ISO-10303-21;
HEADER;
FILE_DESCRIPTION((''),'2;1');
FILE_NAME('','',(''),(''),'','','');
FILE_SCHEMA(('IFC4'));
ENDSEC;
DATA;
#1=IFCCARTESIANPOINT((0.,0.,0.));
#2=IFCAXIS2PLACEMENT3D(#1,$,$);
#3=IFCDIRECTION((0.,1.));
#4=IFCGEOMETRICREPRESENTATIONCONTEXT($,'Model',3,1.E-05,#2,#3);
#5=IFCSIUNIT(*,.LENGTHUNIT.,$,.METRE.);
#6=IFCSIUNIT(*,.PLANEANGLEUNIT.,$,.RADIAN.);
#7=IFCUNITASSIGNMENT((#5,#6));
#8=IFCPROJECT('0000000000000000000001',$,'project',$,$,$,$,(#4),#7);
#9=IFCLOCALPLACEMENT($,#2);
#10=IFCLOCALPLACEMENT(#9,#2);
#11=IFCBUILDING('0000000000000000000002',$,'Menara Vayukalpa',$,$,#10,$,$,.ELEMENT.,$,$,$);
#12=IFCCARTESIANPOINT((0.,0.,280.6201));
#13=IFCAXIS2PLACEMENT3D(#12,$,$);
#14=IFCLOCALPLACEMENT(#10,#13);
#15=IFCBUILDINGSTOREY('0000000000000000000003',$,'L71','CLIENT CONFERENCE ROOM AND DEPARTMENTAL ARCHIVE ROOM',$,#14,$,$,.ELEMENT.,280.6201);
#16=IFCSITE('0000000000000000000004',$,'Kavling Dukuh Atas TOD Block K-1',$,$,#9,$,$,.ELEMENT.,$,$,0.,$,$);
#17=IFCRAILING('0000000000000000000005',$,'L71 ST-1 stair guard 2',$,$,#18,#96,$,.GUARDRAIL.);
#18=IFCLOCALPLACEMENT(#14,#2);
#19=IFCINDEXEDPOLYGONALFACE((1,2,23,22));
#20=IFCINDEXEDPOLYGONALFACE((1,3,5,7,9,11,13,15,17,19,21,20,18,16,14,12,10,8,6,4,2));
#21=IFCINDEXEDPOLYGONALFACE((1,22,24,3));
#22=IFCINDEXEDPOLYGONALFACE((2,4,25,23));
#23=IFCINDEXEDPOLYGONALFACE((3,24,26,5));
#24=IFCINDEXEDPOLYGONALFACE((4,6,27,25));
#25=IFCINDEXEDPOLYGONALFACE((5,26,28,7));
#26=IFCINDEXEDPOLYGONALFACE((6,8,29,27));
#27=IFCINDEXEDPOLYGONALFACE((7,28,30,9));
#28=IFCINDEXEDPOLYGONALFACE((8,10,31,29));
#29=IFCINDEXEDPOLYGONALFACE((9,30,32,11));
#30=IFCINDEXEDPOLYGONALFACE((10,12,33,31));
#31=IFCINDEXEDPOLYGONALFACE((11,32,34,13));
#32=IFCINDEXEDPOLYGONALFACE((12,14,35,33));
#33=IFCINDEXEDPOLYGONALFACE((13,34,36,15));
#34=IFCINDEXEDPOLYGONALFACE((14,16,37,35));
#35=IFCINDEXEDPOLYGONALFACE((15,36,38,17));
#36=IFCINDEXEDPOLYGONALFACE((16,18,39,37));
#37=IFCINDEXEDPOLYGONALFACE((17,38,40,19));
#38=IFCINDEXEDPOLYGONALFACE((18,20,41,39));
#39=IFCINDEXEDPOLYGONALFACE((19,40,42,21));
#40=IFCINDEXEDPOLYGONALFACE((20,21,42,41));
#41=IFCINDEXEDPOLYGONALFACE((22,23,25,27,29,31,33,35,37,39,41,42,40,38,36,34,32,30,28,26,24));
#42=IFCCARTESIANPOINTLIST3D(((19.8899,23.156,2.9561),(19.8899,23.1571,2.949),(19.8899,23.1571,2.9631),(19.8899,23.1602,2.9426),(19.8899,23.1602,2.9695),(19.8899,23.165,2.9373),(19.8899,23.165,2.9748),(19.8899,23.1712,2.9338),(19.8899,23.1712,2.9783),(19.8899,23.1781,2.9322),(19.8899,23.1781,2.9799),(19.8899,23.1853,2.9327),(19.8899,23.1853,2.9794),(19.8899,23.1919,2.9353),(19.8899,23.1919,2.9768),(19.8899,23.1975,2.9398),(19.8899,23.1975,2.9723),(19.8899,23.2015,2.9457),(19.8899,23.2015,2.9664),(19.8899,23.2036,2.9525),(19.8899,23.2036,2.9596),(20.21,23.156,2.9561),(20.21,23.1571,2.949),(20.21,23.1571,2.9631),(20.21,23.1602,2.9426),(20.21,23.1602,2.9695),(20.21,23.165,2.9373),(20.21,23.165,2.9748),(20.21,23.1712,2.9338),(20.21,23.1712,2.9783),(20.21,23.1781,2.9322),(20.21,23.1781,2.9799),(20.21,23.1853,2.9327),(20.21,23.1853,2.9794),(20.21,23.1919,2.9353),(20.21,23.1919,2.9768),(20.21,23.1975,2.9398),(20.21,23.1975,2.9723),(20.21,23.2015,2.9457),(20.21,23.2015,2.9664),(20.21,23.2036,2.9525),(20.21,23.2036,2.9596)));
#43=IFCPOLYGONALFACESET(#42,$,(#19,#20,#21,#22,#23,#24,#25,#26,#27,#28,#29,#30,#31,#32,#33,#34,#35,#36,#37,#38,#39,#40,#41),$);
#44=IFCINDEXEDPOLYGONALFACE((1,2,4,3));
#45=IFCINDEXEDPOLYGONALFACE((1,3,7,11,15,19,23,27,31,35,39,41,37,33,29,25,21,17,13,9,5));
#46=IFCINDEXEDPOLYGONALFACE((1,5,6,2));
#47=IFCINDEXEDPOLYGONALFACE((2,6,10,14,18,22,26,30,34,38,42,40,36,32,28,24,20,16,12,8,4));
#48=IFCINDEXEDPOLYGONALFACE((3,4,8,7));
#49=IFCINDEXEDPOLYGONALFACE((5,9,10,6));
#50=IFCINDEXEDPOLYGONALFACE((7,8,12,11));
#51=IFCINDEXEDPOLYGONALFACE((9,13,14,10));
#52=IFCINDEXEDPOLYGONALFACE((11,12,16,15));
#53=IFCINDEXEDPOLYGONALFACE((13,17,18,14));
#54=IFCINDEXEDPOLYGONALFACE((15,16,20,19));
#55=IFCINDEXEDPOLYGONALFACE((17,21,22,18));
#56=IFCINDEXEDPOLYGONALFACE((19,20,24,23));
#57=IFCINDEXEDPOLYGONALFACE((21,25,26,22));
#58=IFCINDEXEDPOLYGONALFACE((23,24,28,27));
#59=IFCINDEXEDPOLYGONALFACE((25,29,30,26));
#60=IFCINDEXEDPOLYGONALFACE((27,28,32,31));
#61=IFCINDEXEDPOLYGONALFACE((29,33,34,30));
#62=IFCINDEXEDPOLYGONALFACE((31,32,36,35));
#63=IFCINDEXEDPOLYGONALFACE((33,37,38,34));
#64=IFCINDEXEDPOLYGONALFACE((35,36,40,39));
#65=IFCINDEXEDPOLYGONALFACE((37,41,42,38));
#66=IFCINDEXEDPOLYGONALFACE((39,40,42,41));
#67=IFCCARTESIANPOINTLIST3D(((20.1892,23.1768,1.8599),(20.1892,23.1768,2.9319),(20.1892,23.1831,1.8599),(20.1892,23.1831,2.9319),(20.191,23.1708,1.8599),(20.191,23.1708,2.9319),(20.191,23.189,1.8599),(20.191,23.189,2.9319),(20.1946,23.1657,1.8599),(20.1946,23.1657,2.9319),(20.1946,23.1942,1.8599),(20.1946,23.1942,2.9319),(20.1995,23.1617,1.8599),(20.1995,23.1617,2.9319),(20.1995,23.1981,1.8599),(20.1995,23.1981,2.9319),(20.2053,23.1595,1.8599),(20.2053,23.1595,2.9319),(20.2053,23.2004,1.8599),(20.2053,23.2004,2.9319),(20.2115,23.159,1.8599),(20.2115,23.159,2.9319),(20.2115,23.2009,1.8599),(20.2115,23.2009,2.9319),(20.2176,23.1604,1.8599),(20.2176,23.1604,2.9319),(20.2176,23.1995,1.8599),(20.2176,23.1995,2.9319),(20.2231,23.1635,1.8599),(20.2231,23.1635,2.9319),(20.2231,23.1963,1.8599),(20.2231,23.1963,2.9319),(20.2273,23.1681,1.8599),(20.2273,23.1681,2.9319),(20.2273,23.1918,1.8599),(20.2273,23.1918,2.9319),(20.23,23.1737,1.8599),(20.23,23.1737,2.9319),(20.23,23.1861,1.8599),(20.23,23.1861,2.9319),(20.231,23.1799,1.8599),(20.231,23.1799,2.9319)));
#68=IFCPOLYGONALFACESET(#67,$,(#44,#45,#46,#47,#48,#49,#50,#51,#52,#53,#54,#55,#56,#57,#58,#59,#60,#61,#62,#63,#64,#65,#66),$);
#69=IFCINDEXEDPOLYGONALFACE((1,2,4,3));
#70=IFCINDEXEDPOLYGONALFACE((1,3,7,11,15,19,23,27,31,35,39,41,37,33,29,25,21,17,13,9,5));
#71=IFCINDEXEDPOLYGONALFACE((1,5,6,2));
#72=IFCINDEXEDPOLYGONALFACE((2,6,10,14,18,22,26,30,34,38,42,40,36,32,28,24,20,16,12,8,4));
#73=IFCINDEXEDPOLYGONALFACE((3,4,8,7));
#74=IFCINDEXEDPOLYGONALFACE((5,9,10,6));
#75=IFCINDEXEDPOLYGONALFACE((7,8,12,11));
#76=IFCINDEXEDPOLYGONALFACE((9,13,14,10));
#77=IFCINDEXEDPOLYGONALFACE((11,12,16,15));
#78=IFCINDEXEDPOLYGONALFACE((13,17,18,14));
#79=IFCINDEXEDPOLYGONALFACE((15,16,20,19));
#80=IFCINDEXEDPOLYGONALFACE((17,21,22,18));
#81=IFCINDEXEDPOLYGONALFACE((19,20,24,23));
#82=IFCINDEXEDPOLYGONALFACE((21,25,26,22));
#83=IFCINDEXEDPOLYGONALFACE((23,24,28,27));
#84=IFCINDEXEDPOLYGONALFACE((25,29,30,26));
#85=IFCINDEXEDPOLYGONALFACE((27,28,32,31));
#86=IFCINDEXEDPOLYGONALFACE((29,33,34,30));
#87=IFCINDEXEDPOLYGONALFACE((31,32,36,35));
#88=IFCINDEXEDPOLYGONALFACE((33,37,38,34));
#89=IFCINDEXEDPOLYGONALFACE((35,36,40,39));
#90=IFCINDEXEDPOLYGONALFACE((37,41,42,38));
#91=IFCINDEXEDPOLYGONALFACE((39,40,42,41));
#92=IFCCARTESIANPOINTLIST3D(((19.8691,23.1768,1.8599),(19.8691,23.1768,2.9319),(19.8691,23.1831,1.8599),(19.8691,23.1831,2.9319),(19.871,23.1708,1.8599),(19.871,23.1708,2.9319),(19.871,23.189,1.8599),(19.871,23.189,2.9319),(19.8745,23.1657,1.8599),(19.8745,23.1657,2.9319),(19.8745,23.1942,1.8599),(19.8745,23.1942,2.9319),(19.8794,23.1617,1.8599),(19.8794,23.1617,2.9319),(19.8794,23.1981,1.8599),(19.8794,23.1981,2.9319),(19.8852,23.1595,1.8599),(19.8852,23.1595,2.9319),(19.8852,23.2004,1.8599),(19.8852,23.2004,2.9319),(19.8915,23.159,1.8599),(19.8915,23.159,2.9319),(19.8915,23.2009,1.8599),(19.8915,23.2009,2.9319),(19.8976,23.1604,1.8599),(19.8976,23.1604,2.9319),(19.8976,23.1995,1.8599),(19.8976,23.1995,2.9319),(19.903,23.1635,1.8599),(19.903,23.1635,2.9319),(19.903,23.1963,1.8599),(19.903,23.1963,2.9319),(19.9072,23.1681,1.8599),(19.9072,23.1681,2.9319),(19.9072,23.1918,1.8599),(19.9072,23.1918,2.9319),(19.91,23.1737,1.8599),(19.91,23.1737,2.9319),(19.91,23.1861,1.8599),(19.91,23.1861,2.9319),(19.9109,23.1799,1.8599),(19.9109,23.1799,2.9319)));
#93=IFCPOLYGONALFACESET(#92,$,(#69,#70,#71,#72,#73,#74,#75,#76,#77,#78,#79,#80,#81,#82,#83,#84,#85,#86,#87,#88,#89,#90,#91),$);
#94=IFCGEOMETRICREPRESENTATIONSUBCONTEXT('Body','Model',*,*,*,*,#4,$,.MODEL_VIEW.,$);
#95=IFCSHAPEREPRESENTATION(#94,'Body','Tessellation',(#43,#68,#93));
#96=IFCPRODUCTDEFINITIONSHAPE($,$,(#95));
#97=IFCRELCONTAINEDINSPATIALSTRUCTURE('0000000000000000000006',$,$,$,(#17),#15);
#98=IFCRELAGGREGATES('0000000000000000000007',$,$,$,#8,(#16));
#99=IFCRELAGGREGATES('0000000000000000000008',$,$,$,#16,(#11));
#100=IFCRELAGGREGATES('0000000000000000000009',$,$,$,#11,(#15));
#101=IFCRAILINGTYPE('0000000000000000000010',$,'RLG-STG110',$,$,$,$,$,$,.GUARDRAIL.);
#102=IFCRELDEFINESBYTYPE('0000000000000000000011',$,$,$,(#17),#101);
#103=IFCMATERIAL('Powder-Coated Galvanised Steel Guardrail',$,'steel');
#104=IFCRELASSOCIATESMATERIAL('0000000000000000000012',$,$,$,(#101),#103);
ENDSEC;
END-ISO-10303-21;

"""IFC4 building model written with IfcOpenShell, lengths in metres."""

from ifc_helpers import new_model, si_unit, direction, frame, origin, origin_2d, place, context, subcontext, project, spatial, circle, extrude, material, type_object, element, save


model = new_model("IFC4")

# Units and contexts
model_context = context("Model", 3, precision=1e-05, world=origin(), true_north=direction((0.0, 1.0)))
body_context = subcontext(model_context, "Body", "Model", "MODEL_VIEW")
ifc_project = project(units=[si_unit("LENGTHUNIT", "METRE"), si_unit("PLANEANGLEUNIT", "RADIAN")], contexts=[model_context])

# Site, building, storey
site_placement = place(None, origin())
site = spatial("IfcSite", under=ifc_project, at=site_placement, Name="Kavling Dukuh Atas TOD Block K-1", CompositionType="ELEMENT", RefElevation=0.0)
building_placement = place(site_placement, origin())
building = spatial("IfcBuilding", under=site, at=building_placement, Name="Menara Vayukalpa", CompositionType="ELEMENT")
storey_placement = place(building_placement, frame((0.0, 0.0, 280.6201)))
storey = spatial("IfcBuildingStorey", under=building, at=storey_placement, Name="L71", Description="CLIENT CONFERENCE ROOM AND DEPARTMENTAL ARCHIVE ROOM", CompositionType="ELEMENT", Elevation=280.6201)

# Railing
ifc_material_1 = material(Name="Powder-Coated Galvanised Steel Guardrail", Category="steel")
railing_type_1 = type_object("IfcRailingType", Name="RLG-STG110", PredefinedType="GUARDRAIL", material=ifc_material_1)
railing_1_placement = place(storey_placement, frame((20.21, 23.1799, 1.8599)))
element("IfcRailing", 1, at=railing_1_placement, inside=storey, type_object=railing_type_1, Name="L71 ST-1 stair guard 2", PredefinedType="GUARDRAIL", context=body_context, shape_type="SweptSolid", body=[
    extrude(circle(Radius=0.0239, at=origin_2d()), frame((0.0, 0.0, 1.0962), z_axis=(-1.0, 0.0, 0.0), x_axis=(0.0, -1.0, 0.0)), (0.0, 0.0, 1.0), 0.3201),
    extrude(circle(Radius=0.021, at=origin_2d()), origin(), (0.0, 0.0, 1.0), 1.072),
    extrude(circle(Radius=0.021, at=origin_2d()), frame((-0.3201, 0.0, 0.0)), (0.0, 0.0, 1.0), 1.072),
])

save(model, "model.ifc")
